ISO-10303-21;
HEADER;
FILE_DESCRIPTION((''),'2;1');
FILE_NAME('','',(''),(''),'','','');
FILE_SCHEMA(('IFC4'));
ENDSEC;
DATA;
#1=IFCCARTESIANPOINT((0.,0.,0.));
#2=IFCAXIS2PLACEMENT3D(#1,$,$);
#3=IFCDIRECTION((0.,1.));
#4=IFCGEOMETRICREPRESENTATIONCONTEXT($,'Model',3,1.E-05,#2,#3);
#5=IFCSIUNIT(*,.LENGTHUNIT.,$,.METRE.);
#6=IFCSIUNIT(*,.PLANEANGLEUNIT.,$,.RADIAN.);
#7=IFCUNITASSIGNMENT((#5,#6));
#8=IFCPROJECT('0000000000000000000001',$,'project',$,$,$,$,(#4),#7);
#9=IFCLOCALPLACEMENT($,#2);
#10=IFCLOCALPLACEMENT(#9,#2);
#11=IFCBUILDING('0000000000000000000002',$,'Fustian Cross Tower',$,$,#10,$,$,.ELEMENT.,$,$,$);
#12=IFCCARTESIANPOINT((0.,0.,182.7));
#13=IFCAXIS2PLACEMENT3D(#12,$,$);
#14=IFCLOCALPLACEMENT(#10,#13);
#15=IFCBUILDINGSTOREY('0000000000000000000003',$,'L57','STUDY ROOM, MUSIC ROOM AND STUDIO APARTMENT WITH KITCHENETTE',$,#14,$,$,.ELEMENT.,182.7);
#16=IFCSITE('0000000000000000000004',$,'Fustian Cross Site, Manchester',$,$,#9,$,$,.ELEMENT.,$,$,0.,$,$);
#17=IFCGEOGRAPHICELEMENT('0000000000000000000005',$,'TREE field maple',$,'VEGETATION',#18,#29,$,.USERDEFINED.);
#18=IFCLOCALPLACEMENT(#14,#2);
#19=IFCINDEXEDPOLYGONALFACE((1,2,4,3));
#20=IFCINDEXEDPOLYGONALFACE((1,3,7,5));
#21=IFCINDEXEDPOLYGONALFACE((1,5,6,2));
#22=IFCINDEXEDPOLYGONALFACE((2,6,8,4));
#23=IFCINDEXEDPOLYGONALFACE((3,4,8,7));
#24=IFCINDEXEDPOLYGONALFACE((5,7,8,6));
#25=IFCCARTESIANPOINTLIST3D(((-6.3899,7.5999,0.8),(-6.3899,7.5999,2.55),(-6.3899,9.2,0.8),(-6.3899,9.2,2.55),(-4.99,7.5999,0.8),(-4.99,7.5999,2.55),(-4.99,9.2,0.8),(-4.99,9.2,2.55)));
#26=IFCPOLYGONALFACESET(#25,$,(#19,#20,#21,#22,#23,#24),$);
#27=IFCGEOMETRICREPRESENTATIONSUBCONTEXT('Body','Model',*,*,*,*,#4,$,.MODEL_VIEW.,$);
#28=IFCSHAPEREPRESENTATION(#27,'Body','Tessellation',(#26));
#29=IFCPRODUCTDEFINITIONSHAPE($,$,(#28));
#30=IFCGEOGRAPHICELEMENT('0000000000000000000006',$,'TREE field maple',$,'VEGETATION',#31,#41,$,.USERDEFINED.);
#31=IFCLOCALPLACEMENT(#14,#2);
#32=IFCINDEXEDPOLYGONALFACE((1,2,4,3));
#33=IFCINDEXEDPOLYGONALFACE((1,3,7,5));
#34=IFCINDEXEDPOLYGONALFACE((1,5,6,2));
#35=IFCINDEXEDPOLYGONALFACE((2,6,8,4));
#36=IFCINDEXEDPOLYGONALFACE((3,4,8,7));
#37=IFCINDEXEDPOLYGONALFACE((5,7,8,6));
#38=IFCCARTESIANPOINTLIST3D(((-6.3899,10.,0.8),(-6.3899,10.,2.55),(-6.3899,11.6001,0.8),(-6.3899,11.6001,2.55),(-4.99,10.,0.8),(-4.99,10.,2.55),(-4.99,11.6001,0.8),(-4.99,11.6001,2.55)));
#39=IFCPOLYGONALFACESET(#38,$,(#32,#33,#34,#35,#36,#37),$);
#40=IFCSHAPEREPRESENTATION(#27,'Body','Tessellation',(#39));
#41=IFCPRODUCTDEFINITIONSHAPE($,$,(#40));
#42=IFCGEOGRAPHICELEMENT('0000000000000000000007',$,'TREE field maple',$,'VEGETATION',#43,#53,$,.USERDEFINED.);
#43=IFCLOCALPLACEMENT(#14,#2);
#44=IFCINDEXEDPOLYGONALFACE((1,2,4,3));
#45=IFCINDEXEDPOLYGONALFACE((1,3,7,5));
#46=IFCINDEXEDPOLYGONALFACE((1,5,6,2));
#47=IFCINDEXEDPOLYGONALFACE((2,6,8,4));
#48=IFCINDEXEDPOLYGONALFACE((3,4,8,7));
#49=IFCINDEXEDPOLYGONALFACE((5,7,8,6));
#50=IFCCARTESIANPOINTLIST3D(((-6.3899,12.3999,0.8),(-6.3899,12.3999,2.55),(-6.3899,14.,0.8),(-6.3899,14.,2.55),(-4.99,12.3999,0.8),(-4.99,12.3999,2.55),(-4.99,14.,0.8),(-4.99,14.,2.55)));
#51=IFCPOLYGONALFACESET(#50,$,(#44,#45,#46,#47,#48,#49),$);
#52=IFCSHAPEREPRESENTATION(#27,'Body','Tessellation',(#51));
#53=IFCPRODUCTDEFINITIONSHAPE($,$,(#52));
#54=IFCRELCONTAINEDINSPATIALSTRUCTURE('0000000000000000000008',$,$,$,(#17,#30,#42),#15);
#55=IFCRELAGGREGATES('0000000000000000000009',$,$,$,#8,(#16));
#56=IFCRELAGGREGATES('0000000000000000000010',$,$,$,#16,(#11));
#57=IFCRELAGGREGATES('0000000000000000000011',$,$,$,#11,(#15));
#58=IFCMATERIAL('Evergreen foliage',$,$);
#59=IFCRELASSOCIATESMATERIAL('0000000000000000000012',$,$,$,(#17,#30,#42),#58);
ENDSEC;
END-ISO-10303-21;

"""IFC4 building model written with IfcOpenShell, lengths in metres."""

from ifc_helpers import new_model, si_unit, direction, frame, origin, origin_2d, place, context, subcontext, project, spatial, rectangle, extrude, material, element, save


model = new_model("IFC4")

# Units and contexts
model_context = context("Model", 3, precision=1e-05, world=origin(), true_north=direction((0.0, 1.0)))
body_context = subcontext(model_context, "Body", "Model", "MODEL_VIEW")
ifc_project = project(units=[si_unit("LENGTHUNIT", "METRE"), si_unit("PLANEANGLEUNIT", "RADIAN")], contexts=[model_context])

# Site, building, storey
site_placement = place(None, origin())
site = spatial("IfcSite", under=ifc_project, at=site_placement, Name="Fustian Cross Site, Manchester", CompositionType="ELEMENT", RefElevation=0.0)
building_placement = place(site_placement, origin())
building = spatial("IfcBuilding", under=site, at=building_placement, Name="Fustian Cross Tower", CompositionType="ELEMENT")
storey_placement = place(building_placement, frame((0.0, 0.0, 182.7)))
storey = spatial("IfcBuildingStorey", under=building, at=storey_placement, Name="L57", Description="STUDY ROOM, MUSIC ROOM AND STUDIO APARTMENT WITH KITCHENETTE", CompositionType="ELEMENT", Elevation=182.7)

# Geographic elements
ifc_material_1 = material(Name="Evergreen foliage")
for number, where, z_axis, x_axis, name in (
    (1, (-5.6899, 8.3999, 0.8), (0.0, 0.0, 1.0), (1.0, 0.0, 0.0), "TREE field maple"),
    (2, (-5.6899, 10.8, 0.8), (0.0, 0.0, 1.0), (1.0, 0.0, 0.0), "TREE field maple"),
    (3, (-5.6899, 13.2, 0.8), (0.0, 0.0, 1.0), (1.0, 0.0, 0.0), "TREE field maple"),
):
    element("IfcGeographicElement", number, at=place(storey_placement, frame(where, z_axis=z_axis, x_axis=x_axis)), inside=storey, material=ifc_material_1, Name=name, ObjectType="VEGETATION", PredefinedType="USERDEFINED", context=body_context, shape_type="SweptSolid", body=[
        extrude(rectangle(XDim=1.3999, YDim=1.6001, at=origin_2d()), origin(), (0.0, 0.0, 1.0), 1.75),
    ])

save(model, "model.ifc")
